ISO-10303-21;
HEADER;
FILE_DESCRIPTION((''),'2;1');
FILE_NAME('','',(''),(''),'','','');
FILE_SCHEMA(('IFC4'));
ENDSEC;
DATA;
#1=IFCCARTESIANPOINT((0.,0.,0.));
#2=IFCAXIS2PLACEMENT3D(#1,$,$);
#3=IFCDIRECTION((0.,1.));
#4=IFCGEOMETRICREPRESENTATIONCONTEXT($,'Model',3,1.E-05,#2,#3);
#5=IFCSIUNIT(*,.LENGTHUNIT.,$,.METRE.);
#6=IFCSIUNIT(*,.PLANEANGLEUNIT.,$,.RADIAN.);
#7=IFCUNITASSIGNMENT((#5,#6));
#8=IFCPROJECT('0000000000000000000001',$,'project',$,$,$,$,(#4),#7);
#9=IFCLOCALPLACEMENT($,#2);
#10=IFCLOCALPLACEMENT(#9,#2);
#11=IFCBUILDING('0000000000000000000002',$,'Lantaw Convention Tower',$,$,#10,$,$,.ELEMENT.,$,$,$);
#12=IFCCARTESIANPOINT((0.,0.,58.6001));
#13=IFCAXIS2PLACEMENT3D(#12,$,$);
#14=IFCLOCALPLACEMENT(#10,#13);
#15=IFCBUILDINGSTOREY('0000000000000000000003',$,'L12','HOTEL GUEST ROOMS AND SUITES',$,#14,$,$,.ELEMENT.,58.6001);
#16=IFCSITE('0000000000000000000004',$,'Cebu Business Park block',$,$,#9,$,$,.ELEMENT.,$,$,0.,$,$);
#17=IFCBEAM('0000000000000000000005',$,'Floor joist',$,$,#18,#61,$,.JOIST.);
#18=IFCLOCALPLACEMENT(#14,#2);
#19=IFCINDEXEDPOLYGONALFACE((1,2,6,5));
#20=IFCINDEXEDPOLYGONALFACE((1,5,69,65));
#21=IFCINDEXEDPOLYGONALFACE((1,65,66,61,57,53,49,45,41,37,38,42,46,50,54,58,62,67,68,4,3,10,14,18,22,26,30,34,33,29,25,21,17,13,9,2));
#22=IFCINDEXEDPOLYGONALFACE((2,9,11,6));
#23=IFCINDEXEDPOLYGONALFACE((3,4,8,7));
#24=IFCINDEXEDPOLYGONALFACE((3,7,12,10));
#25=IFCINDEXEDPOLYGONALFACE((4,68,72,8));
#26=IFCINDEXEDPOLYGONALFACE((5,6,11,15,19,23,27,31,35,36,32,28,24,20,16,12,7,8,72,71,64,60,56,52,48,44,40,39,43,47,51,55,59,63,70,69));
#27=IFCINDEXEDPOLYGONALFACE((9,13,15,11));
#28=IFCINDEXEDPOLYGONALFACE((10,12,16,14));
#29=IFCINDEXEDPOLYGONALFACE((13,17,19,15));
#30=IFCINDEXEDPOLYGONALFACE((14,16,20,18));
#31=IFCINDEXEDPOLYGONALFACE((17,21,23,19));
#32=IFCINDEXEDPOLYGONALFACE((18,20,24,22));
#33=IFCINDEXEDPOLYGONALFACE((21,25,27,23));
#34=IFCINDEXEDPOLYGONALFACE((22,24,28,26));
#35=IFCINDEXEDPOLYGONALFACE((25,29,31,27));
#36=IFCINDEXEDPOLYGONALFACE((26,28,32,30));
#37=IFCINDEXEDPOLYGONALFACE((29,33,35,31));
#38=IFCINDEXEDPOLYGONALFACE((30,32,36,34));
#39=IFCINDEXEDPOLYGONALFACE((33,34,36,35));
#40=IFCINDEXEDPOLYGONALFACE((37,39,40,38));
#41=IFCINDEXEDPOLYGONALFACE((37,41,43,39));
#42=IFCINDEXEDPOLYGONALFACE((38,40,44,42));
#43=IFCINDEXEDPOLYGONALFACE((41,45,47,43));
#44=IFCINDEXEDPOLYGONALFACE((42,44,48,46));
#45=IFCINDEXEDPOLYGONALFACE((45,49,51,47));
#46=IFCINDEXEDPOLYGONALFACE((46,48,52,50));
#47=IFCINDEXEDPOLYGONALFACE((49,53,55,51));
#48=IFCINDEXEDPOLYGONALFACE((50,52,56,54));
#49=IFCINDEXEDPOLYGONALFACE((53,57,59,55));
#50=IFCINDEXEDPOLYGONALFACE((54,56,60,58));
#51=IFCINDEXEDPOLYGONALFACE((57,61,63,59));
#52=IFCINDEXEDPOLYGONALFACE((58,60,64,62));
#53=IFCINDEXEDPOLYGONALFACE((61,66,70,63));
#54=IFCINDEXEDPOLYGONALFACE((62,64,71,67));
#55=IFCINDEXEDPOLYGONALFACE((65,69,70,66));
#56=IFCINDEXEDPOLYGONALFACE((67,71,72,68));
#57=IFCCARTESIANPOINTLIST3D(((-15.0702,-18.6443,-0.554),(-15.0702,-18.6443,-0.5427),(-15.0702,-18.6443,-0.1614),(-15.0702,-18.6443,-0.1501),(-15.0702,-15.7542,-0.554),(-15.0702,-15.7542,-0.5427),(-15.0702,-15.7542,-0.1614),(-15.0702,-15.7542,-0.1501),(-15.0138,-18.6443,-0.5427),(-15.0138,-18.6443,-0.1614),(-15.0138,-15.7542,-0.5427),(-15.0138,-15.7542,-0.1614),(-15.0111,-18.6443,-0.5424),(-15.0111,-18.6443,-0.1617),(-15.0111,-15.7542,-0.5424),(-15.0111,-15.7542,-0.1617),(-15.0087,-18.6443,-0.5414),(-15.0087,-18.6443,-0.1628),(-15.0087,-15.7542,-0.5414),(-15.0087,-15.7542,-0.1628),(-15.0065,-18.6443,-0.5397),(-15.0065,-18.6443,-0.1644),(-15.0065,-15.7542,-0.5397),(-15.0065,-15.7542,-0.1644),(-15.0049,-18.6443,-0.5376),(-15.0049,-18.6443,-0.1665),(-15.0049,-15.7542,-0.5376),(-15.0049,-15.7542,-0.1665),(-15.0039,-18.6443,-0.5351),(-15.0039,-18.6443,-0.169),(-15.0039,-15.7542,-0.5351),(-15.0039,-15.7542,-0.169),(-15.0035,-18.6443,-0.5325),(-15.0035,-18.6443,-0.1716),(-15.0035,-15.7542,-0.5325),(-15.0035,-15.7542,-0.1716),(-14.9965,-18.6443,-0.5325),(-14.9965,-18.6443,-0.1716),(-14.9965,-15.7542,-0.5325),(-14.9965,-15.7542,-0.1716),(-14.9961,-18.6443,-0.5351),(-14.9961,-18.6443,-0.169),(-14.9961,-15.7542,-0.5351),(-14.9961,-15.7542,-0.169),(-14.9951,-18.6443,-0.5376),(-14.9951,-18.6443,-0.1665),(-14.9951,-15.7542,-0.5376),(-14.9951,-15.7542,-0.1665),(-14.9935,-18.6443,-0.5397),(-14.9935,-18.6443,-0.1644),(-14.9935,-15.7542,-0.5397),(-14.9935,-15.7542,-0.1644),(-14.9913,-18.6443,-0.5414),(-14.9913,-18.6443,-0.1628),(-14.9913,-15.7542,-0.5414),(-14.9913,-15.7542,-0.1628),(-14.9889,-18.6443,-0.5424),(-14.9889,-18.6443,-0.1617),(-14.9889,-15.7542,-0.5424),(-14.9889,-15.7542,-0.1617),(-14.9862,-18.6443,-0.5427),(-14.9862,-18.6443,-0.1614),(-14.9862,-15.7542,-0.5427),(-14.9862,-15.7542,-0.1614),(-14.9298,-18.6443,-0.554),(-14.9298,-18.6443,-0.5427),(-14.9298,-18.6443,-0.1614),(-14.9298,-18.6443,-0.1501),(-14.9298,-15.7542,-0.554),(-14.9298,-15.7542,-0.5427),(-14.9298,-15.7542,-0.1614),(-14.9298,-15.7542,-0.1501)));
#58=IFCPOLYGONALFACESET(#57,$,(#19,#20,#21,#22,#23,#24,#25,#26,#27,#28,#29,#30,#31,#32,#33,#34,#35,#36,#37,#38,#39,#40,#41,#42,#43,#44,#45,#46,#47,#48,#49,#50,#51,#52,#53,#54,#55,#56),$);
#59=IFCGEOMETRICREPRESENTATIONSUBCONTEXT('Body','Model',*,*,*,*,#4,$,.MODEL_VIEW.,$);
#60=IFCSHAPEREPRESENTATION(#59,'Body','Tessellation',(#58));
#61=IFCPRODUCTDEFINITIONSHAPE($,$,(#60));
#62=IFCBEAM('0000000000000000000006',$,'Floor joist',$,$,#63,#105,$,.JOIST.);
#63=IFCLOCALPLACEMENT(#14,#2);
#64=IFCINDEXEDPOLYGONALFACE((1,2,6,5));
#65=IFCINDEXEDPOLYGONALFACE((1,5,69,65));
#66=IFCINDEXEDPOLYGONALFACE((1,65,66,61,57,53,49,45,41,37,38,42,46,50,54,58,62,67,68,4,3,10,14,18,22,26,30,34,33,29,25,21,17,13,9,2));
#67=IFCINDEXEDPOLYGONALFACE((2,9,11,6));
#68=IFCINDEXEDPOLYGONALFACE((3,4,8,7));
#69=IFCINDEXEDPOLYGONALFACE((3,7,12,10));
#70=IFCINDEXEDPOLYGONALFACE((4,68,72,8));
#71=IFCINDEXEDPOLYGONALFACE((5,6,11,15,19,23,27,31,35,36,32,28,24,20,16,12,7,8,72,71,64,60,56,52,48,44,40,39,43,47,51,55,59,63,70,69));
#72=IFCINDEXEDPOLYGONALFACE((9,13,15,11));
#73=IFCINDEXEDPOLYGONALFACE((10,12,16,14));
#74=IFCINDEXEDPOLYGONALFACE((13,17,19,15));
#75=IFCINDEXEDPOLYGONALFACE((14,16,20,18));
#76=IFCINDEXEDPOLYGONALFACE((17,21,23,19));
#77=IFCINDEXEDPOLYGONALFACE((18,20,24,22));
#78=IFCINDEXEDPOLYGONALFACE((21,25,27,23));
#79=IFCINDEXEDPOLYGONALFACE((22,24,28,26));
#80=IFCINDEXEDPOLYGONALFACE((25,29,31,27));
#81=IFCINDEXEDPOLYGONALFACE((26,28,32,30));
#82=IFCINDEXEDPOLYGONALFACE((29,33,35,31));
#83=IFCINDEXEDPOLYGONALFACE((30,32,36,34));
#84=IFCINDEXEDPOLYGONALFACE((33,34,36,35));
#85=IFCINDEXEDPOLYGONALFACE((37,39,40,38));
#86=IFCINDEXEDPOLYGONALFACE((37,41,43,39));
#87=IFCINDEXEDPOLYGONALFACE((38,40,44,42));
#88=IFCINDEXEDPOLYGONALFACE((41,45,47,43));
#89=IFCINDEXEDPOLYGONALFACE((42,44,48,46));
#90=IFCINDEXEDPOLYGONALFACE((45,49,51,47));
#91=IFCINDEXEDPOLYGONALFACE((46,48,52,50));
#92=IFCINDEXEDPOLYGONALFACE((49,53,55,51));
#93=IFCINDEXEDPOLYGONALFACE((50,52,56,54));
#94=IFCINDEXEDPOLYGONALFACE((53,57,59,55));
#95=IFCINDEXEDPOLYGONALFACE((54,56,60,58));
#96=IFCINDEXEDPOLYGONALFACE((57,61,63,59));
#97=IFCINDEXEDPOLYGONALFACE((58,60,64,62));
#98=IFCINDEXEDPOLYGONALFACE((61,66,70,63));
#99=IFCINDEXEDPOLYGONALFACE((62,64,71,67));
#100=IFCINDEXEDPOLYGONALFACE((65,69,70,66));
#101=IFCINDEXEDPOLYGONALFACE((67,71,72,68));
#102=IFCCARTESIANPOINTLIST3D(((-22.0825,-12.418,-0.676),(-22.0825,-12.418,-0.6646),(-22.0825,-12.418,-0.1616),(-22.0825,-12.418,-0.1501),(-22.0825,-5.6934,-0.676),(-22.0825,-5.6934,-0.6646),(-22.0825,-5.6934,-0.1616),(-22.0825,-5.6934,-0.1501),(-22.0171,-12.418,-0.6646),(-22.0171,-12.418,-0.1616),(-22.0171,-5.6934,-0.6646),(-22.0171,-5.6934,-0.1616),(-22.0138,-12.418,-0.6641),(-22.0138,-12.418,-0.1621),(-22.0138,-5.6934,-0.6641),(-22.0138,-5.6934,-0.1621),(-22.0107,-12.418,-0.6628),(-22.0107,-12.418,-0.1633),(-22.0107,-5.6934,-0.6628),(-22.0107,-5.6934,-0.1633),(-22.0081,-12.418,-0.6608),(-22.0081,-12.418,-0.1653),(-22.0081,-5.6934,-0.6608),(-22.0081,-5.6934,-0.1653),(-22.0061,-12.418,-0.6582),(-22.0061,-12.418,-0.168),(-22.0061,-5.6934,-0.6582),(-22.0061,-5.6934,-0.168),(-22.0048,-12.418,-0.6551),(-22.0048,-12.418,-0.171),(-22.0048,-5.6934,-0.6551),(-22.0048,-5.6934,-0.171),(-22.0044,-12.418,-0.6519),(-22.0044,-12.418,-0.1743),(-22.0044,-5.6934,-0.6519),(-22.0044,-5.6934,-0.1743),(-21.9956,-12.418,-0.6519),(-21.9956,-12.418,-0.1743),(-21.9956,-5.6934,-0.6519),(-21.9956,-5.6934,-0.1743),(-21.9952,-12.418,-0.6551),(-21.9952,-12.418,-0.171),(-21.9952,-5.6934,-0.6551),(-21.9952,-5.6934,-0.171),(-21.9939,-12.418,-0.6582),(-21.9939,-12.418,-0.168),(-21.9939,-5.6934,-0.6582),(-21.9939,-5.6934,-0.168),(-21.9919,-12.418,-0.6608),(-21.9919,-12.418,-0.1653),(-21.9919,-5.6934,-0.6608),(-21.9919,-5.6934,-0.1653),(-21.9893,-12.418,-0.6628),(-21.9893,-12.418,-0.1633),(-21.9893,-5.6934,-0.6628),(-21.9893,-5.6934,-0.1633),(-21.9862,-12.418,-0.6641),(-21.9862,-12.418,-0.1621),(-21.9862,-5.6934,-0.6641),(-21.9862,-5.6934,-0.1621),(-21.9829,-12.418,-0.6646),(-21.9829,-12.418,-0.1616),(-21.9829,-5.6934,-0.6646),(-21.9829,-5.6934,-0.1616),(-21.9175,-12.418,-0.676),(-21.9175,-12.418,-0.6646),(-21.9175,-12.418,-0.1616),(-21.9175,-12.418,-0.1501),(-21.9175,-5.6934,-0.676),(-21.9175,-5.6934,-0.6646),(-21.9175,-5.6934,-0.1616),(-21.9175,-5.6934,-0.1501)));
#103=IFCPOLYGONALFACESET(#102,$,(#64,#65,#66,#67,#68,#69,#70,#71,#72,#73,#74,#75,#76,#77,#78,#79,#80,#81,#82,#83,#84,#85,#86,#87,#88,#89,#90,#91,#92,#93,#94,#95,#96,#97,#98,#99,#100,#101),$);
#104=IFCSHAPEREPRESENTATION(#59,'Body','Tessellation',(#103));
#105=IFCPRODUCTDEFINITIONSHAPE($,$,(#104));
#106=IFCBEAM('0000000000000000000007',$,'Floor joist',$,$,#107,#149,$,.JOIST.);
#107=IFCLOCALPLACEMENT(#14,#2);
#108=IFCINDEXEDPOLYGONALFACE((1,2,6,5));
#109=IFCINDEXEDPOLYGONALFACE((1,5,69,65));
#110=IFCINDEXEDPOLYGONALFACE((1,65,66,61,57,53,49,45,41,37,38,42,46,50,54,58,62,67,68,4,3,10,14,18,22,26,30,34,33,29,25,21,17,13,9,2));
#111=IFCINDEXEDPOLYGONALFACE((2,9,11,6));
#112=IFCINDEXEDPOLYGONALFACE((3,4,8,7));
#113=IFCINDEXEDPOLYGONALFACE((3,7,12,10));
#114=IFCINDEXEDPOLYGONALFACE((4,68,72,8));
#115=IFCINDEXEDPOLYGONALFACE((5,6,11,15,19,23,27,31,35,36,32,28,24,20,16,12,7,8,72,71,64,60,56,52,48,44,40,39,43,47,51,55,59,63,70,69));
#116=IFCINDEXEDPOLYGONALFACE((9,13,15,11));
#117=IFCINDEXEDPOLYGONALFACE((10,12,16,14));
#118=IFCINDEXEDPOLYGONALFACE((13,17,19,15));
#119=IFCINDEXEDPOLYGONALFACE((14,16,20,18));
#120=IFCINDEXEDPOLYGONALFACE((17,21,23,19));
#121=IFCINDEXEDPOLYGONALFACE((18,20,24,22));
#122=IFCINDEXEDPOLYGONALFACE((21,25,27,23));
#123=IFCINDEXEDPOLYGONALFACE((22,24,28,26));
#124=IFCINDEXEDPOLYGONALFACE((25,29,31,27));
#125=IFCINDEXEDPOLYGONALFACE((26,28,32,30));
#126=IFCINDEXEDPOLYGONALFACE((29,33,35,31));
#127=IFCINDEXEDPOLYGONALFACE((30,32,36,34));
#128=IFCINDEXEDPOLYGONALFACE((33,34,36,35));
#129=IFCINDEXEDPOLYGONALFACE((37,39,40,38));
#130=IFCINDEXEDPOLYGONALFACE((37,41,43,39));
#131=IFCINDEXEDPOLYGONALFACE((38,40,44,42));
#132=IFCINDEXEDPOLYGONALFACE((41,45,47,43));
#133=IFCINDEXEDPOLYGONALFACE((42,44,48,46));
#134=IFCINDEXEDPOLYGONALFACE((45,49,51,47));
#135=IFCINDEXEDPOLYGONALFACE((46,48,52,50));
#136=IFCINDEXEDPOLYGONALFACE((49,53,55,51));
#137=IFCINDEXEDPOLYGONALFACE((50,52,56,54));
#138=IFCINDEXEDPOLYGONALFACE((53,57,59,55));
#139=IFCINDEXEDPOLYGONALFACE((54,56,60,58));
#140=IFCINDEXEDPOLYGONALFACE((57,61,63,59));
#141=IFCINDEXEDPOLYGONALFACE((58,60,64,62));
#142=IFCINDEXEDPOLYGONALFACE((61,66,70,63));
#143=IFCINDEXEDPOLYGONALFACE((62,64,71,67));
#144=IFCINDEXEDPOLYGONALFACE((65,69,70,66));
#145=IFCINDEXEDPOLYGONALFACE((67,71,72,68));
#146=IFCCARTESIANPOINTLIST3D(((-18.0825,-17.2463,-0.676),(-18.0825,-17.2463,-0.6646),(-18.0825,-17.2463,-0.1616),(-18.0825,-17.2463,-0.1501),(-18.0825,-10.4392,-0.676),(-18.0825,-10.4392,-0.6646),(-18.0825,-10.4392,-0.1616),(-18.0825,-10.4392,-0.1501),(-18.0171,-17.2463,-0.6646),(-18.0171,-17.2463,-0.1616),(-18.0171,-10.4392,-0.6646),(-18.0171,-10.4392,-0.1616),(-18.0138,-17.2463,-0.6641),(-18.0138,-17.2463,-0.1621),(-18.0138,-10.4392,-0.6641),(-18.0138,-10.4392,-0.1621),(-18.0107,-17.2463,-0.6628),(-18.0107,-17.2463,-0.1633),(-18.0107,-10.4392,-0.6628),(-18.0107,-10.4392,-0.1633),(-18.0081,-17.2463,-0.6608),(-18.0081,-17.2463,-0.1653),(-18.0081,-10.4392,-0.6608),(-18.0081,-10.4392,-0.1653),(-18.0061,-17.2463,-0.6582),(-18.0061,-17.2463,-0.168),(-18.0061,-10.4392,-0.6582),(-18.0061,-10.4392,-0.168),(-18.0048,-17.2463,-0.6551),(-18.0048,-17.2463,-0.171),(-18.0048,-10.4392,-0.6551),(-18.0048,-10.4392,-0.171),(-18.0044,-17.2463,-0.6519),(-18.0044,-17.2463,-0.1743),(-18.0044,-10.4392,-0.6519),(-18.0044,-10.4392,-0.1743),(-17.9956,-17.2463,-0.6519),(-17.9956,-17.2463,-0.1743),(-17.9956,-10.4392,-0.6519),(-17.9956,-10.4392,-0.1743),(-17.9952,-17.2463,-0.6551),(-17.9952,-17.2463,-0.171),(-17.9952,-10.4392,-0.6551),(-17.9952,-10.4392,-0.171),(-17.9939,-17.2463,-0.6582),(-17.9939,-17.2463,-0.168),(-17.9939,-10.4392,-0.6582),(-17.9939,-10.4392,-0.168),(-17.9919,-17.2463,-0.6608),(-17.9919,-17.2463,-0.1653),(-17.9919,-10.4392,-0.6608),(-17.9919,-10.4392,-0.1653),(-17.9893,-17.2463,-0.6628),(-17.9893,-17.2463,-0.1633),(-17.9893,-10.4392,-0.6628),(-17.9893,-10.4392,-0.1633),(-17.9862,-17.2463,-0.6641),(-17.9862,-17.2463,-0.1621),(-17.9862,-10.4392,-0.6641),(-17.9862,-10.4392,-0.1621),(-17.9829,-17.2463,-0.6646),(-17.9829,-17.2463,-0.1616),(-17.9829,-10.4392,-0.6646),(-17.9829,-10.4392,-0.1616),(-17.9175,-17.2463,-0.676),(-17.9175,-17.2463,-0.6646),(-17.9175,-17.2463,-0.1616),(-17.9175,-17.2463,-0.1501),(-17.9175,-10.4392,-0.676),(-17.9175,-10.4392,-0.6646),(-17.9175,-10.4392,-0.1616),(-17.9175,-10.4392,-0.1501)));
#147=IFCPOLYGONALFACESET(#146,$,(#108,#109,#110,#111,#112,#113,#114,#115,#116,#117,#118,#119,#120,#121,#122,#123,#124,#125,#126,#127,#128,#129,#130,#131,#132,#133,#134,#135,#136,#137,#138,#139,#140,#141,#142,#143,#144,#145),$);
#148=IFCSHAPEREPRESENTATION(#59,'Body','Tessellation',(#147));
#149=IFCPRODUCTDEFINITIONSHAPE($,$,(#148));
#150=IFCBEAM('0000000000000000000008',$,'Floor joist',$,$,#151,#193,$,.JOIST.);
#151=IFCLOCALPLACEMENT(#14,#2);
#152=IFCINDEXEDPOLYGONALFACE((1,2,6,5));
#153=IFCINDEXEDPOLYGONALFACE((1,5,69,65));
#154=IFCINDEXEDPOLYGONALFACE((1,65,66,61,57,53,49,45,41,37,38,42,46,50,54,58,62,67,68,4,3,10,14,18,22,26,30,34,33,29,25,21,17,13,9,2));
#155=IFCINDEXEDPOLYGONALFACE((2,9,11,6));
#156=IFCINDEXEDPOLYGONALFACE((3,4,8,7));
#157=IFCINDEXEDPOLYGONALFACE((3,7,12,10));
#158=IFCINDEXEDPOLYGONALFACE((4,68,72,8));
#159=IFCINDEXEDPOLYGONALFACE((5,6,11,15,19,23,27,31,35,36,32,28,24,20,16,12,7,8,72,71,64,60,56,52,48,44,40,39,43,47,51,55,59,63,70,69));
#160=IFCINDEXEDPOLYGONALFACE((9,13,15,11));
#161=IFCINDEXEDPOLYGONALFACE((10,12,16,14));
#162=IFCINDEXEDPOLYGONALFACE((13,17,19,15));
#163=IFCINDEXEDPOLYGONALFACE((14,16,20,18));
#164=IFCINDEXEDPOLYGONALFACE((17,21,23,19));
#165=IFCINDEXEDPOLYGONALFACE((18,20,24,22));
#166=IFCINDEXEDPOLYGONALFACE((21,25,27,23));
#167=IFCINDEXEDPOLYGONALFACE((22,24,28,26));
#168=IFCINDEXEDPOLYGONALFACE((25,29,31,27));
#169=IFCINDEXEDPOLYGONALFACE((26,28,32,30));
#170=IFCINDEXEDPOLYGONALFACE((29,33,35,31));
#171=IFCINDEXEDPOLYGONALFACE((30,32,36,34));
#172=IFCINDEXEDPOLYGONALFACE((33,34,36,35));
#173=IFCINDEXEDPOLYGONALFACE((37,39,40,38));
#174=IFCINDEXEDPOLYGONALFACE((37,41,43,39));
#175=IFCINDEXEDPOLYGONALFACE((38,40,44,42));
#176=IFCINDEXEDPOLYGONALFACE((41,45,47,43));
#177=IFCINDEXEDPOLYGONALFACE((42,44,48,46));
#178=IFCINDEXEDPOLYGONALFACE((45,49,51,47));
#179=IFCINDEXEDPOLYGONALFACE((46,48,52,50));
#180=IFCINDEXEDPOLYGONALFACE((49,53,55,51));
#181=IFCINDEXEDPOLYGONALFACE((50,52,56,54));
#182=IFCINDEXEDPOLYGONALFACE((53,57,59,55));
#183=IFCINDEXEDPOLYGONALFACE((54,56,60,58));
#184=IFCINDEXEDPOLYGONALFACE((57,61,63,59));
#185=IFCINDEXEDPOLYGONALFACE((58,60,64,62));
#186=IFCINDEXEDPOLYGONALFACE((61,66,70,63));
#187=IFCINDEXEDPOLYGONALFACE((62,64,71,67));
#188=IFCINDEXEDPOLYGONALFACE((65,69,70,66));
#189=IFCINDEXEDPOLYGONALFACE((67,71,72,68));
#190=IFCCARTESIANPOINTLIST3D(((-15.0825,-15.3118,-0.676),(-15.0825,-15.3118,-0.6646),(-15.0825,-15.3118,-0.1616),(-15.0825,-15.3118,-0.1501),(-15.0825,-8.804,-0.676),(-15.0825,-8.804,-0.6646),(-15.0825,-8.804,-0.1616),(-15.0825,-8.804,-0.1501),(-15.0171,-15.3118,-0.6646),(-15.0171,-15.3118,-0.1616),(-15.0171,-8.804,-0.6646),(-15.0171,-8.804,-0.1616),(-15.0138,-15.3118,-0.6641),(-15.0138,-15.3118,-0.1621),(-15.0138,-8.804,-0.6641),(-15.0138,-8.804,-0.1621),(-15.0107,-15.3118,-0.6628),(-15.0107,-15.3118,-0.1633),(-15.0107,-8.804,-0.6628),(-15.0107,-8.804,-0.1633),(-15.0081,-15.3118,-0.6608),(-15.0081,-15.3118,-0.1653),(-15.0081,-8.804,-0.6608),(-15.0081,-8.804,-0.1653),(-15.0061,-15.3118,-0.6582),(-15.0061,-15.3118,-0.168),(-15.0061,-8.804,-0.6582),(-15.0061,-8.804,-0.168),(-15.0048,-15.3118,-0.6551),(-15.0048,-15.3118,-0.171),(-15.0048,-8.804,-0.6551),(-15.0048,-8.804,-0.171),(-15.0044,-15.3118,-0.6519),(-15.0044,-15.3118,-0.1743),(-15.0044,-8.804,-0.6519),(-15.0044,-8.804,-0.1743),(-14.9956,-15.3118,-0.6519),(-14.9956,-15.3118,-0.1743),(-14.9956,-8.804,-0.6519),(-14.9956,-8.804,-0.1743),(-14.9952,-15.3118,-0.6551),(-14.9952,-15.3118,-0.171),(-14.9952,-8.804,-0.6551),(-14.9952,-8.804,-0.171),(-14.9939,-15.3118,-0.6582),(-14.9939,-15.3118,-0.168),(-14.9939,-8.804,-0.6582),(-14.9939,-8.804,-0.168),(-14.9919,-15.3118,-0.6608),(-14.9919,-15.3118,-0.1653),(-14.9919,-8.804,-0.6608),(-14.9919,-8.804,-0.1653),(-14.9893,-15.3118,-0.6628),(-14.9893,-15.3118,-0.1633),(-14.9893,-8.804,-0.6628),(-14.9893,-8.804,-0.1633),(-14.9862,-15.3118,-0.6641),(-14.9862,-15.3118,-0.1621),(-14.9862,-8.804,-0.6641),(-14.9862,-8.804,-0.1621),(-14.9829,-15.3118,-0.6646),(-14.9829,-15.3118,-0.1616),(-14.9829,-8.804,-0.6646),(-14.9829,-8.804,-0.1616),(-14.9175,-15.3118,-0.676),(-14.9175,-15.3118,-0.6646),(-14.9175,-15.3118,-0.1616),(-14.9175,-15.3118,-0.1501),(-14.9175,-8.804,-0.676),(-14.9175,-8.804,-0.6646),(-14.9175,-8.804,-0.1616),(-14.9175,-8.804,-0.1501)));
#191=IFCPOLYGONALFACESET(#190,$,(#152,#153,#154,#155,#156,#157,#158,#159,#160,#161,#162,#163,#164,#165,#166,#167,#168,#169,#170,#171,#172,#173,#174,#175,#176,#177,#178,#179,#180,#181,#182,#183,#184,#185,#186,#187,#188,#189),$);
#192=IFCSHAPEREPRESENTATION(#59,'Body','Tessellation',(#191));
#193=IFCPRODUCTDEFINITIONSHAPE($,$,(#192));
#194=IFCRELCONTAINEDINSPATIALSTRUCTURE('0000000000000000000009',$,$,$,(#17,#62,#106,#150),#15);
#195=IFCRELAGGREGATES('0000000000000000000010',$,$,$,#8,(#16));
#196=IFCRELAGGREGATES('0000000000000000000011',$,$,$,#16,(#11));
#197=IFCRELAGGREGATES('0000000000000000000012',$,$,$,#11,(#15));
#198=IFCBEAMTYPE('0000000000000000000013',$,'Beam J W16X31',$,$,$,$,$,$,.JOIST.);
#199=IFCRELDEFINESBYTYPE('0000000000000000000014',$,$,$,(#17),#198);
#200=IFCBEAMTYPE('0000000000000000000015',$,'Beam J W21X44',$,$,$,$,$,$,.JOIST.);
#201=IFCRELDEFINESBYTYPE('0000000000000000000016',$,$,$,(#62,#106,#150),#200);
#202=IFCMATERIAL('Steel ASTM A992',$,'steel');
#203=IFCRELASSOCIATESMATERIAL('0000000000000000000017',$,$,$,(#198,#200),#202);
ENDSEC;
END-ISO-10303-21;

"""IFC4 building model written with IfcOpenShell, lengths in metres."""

from ifc_helpers import new_model, si_unit, direction, frame, origin, origin_2d, place, context, subcontext, project, spatial, i_section, extrude, material, material_profile, profile_set, type_object, element, save


model = new_model("IFC4")

# Units and contexts
model_context = context("Model", 3, precision=1e-05, world=origin(), true_north=direction((0.0, 1.0)))
body_context = subcontext(model_context, "Body", "Model", "MODEL_VIEW")
ifc_project = project(units=[si_unit("LENGTHUNIT", "METRE"), si_unit("PLANEANGLEUNIT", "RADIAN")], contexts=[model_context])

# Site, building, storey
site_placement = place(None, origin())
site = spatial("IfcSite", under=ifc_project, at=site_placement, Name="Cebu Business Park block", CompositionType="ELEMENT", RefElevation=0.0)
building_placement = place(site_placement, origin())
building = spatial("IfcBuilding", under=site, at=building_placement, Name="Lantaw Convention Tower", CompositionType="ELEMENT")
storey_placement = place(building_placement, frame((0.0, 0.0, 58.6001)))
storey = spatial("IfcBuildingStorey", under=building, at=storey_placement, Name="L12", Description="HOTEL GUEST ROOMS AND SUITES", CompositionType="ELEMENT", Elevation=58.6001)

# Beams
ifc_material_1 = material(Name="Steel ASTM A992", Category="steel")
ifc_material_profile_1 = material_profile(ifc_material_1, i_section(OverallWidth=0.1404, OverallDepth=0.4038, WebThickness=0.0071, FlangeThickness=0.0112, FilletRadius=0.0103, at=origin_2d()), Name="W16X31")
ifc_profile_set_1 = profile_set([ifc_material_profile_1], Name="Steel ASTM A992")
beam_type_1 = type_object("IfcBeamType", Name="Beam J W16X31", PredefinedType="JOIST", material=ifc_profile_set_1)
beam_1_placement = place(storey_placement, frame((-15.0, -18.6443, -0.3521), z_axis=(0.0, 1.0, 0.0), x_axis=(-1.0, 0.0, 0.0)))
element("IfcBeam", 1, at=beam_1_placement, inside=storey, type_object=beam_type_1, Name="Floor joist", PredefinedType="JOIST", context=body_context, shape_type="SweptSolid", body=[
    extrude(i_section(OverallWidth=0.1404, OverallDepth=0.4038, WebThickness=0.0071, FlangeThickness=0.0112, FilletRadius=0.0103, at=origin_2d()), origin(), (0.0, 0.0, 1.0), 2.8901),
])
ifc_material_profile_2 = material_profile(ifc_material_1, i_section(OverallWidth=0.165, OverallDepth=0.5259, WebThickness=0.0088, FlangeThickness=0.0115, FilletRadius=0.0127, at=origin_2d()), Name="W21X44")
ifc_profile_set_2 = profile_set([ifc_material_profile_2], Name="Steel ASTM A992")
beam_type_2 = type_object("IfcBeamType", Name="Beam J W21X44", PredefinedType="JOIST", material=ifc_profile_set_2)
beam_2_placement = place(storey_placement, frame((-22.0, -12.418, -0.4131), z_axis=(0.0, 1.0, 0.0), x_axis=(-1.0, 0.0, 0.0)))
element("IfcBeam", 2, at=beam_2_placement, inside=storey, type_object=beam_type_2, Name="Floor joist", PredefinedType="JOIST", context=body_context, shape_type="SweptSolid", body=[
    extrude(i_section(OverallWidth=0.165, OverallDepth=0.5259, WebThickness=0.0088, FlangeThickness=0.0115, FilletRadius=0.0127, at=origin_2d()), origin(), (0.0, 0.0, 1.0), 6.7246),
])
beam_3_placement = place(storey_placement, frame((-18.0, -17.2463, -0.4131), z_axis=(0.0, 1.0, 0.0), x_axis=(-1.0, 0.0, 0.0)))
element("IfcBeam", 3, at=beam_3_placement, inside=storey, type_object=beam_type_2, Name="Floor joist", PredefinedType="JOIST", context=body_context, shape_type="SweptSolid", body=[
    extrude(i_section(OverallWidth=0.165, OverallDepth=0.5259, WebThickness=0.0088, FlangeThickness=0.0115, FilletRadius=0.0127, at=origin_2d()), origin(), (0.0, 0.0, 1.0), 6.8071),
])
beam_4_placement = place(storey_placement, frame((-15.0, -15.3118, -0.4131), z_axis=(0.0, 1.0, 0.0), x_axis=(-1.0, 0.0, 0.0)))
element("IfcBeam", 4, at=beam_4_placement, inside=storey, type_object=beam_type_2, Name="Floor joist", PredefinedType="JOIST", context=body_context, shape_type="SweptSolid", body=[
    extrude(i_section(OverallWidth=0.165, OverallDepth=0.5259, WebThickness=0.0088, FlangeThickness=0.0115, FilletRadius=0.0127, at=origin_2d()), origin(), (0.0, 0.0, 1.0), 6.5078),
])

save(model, "model.ifc")
